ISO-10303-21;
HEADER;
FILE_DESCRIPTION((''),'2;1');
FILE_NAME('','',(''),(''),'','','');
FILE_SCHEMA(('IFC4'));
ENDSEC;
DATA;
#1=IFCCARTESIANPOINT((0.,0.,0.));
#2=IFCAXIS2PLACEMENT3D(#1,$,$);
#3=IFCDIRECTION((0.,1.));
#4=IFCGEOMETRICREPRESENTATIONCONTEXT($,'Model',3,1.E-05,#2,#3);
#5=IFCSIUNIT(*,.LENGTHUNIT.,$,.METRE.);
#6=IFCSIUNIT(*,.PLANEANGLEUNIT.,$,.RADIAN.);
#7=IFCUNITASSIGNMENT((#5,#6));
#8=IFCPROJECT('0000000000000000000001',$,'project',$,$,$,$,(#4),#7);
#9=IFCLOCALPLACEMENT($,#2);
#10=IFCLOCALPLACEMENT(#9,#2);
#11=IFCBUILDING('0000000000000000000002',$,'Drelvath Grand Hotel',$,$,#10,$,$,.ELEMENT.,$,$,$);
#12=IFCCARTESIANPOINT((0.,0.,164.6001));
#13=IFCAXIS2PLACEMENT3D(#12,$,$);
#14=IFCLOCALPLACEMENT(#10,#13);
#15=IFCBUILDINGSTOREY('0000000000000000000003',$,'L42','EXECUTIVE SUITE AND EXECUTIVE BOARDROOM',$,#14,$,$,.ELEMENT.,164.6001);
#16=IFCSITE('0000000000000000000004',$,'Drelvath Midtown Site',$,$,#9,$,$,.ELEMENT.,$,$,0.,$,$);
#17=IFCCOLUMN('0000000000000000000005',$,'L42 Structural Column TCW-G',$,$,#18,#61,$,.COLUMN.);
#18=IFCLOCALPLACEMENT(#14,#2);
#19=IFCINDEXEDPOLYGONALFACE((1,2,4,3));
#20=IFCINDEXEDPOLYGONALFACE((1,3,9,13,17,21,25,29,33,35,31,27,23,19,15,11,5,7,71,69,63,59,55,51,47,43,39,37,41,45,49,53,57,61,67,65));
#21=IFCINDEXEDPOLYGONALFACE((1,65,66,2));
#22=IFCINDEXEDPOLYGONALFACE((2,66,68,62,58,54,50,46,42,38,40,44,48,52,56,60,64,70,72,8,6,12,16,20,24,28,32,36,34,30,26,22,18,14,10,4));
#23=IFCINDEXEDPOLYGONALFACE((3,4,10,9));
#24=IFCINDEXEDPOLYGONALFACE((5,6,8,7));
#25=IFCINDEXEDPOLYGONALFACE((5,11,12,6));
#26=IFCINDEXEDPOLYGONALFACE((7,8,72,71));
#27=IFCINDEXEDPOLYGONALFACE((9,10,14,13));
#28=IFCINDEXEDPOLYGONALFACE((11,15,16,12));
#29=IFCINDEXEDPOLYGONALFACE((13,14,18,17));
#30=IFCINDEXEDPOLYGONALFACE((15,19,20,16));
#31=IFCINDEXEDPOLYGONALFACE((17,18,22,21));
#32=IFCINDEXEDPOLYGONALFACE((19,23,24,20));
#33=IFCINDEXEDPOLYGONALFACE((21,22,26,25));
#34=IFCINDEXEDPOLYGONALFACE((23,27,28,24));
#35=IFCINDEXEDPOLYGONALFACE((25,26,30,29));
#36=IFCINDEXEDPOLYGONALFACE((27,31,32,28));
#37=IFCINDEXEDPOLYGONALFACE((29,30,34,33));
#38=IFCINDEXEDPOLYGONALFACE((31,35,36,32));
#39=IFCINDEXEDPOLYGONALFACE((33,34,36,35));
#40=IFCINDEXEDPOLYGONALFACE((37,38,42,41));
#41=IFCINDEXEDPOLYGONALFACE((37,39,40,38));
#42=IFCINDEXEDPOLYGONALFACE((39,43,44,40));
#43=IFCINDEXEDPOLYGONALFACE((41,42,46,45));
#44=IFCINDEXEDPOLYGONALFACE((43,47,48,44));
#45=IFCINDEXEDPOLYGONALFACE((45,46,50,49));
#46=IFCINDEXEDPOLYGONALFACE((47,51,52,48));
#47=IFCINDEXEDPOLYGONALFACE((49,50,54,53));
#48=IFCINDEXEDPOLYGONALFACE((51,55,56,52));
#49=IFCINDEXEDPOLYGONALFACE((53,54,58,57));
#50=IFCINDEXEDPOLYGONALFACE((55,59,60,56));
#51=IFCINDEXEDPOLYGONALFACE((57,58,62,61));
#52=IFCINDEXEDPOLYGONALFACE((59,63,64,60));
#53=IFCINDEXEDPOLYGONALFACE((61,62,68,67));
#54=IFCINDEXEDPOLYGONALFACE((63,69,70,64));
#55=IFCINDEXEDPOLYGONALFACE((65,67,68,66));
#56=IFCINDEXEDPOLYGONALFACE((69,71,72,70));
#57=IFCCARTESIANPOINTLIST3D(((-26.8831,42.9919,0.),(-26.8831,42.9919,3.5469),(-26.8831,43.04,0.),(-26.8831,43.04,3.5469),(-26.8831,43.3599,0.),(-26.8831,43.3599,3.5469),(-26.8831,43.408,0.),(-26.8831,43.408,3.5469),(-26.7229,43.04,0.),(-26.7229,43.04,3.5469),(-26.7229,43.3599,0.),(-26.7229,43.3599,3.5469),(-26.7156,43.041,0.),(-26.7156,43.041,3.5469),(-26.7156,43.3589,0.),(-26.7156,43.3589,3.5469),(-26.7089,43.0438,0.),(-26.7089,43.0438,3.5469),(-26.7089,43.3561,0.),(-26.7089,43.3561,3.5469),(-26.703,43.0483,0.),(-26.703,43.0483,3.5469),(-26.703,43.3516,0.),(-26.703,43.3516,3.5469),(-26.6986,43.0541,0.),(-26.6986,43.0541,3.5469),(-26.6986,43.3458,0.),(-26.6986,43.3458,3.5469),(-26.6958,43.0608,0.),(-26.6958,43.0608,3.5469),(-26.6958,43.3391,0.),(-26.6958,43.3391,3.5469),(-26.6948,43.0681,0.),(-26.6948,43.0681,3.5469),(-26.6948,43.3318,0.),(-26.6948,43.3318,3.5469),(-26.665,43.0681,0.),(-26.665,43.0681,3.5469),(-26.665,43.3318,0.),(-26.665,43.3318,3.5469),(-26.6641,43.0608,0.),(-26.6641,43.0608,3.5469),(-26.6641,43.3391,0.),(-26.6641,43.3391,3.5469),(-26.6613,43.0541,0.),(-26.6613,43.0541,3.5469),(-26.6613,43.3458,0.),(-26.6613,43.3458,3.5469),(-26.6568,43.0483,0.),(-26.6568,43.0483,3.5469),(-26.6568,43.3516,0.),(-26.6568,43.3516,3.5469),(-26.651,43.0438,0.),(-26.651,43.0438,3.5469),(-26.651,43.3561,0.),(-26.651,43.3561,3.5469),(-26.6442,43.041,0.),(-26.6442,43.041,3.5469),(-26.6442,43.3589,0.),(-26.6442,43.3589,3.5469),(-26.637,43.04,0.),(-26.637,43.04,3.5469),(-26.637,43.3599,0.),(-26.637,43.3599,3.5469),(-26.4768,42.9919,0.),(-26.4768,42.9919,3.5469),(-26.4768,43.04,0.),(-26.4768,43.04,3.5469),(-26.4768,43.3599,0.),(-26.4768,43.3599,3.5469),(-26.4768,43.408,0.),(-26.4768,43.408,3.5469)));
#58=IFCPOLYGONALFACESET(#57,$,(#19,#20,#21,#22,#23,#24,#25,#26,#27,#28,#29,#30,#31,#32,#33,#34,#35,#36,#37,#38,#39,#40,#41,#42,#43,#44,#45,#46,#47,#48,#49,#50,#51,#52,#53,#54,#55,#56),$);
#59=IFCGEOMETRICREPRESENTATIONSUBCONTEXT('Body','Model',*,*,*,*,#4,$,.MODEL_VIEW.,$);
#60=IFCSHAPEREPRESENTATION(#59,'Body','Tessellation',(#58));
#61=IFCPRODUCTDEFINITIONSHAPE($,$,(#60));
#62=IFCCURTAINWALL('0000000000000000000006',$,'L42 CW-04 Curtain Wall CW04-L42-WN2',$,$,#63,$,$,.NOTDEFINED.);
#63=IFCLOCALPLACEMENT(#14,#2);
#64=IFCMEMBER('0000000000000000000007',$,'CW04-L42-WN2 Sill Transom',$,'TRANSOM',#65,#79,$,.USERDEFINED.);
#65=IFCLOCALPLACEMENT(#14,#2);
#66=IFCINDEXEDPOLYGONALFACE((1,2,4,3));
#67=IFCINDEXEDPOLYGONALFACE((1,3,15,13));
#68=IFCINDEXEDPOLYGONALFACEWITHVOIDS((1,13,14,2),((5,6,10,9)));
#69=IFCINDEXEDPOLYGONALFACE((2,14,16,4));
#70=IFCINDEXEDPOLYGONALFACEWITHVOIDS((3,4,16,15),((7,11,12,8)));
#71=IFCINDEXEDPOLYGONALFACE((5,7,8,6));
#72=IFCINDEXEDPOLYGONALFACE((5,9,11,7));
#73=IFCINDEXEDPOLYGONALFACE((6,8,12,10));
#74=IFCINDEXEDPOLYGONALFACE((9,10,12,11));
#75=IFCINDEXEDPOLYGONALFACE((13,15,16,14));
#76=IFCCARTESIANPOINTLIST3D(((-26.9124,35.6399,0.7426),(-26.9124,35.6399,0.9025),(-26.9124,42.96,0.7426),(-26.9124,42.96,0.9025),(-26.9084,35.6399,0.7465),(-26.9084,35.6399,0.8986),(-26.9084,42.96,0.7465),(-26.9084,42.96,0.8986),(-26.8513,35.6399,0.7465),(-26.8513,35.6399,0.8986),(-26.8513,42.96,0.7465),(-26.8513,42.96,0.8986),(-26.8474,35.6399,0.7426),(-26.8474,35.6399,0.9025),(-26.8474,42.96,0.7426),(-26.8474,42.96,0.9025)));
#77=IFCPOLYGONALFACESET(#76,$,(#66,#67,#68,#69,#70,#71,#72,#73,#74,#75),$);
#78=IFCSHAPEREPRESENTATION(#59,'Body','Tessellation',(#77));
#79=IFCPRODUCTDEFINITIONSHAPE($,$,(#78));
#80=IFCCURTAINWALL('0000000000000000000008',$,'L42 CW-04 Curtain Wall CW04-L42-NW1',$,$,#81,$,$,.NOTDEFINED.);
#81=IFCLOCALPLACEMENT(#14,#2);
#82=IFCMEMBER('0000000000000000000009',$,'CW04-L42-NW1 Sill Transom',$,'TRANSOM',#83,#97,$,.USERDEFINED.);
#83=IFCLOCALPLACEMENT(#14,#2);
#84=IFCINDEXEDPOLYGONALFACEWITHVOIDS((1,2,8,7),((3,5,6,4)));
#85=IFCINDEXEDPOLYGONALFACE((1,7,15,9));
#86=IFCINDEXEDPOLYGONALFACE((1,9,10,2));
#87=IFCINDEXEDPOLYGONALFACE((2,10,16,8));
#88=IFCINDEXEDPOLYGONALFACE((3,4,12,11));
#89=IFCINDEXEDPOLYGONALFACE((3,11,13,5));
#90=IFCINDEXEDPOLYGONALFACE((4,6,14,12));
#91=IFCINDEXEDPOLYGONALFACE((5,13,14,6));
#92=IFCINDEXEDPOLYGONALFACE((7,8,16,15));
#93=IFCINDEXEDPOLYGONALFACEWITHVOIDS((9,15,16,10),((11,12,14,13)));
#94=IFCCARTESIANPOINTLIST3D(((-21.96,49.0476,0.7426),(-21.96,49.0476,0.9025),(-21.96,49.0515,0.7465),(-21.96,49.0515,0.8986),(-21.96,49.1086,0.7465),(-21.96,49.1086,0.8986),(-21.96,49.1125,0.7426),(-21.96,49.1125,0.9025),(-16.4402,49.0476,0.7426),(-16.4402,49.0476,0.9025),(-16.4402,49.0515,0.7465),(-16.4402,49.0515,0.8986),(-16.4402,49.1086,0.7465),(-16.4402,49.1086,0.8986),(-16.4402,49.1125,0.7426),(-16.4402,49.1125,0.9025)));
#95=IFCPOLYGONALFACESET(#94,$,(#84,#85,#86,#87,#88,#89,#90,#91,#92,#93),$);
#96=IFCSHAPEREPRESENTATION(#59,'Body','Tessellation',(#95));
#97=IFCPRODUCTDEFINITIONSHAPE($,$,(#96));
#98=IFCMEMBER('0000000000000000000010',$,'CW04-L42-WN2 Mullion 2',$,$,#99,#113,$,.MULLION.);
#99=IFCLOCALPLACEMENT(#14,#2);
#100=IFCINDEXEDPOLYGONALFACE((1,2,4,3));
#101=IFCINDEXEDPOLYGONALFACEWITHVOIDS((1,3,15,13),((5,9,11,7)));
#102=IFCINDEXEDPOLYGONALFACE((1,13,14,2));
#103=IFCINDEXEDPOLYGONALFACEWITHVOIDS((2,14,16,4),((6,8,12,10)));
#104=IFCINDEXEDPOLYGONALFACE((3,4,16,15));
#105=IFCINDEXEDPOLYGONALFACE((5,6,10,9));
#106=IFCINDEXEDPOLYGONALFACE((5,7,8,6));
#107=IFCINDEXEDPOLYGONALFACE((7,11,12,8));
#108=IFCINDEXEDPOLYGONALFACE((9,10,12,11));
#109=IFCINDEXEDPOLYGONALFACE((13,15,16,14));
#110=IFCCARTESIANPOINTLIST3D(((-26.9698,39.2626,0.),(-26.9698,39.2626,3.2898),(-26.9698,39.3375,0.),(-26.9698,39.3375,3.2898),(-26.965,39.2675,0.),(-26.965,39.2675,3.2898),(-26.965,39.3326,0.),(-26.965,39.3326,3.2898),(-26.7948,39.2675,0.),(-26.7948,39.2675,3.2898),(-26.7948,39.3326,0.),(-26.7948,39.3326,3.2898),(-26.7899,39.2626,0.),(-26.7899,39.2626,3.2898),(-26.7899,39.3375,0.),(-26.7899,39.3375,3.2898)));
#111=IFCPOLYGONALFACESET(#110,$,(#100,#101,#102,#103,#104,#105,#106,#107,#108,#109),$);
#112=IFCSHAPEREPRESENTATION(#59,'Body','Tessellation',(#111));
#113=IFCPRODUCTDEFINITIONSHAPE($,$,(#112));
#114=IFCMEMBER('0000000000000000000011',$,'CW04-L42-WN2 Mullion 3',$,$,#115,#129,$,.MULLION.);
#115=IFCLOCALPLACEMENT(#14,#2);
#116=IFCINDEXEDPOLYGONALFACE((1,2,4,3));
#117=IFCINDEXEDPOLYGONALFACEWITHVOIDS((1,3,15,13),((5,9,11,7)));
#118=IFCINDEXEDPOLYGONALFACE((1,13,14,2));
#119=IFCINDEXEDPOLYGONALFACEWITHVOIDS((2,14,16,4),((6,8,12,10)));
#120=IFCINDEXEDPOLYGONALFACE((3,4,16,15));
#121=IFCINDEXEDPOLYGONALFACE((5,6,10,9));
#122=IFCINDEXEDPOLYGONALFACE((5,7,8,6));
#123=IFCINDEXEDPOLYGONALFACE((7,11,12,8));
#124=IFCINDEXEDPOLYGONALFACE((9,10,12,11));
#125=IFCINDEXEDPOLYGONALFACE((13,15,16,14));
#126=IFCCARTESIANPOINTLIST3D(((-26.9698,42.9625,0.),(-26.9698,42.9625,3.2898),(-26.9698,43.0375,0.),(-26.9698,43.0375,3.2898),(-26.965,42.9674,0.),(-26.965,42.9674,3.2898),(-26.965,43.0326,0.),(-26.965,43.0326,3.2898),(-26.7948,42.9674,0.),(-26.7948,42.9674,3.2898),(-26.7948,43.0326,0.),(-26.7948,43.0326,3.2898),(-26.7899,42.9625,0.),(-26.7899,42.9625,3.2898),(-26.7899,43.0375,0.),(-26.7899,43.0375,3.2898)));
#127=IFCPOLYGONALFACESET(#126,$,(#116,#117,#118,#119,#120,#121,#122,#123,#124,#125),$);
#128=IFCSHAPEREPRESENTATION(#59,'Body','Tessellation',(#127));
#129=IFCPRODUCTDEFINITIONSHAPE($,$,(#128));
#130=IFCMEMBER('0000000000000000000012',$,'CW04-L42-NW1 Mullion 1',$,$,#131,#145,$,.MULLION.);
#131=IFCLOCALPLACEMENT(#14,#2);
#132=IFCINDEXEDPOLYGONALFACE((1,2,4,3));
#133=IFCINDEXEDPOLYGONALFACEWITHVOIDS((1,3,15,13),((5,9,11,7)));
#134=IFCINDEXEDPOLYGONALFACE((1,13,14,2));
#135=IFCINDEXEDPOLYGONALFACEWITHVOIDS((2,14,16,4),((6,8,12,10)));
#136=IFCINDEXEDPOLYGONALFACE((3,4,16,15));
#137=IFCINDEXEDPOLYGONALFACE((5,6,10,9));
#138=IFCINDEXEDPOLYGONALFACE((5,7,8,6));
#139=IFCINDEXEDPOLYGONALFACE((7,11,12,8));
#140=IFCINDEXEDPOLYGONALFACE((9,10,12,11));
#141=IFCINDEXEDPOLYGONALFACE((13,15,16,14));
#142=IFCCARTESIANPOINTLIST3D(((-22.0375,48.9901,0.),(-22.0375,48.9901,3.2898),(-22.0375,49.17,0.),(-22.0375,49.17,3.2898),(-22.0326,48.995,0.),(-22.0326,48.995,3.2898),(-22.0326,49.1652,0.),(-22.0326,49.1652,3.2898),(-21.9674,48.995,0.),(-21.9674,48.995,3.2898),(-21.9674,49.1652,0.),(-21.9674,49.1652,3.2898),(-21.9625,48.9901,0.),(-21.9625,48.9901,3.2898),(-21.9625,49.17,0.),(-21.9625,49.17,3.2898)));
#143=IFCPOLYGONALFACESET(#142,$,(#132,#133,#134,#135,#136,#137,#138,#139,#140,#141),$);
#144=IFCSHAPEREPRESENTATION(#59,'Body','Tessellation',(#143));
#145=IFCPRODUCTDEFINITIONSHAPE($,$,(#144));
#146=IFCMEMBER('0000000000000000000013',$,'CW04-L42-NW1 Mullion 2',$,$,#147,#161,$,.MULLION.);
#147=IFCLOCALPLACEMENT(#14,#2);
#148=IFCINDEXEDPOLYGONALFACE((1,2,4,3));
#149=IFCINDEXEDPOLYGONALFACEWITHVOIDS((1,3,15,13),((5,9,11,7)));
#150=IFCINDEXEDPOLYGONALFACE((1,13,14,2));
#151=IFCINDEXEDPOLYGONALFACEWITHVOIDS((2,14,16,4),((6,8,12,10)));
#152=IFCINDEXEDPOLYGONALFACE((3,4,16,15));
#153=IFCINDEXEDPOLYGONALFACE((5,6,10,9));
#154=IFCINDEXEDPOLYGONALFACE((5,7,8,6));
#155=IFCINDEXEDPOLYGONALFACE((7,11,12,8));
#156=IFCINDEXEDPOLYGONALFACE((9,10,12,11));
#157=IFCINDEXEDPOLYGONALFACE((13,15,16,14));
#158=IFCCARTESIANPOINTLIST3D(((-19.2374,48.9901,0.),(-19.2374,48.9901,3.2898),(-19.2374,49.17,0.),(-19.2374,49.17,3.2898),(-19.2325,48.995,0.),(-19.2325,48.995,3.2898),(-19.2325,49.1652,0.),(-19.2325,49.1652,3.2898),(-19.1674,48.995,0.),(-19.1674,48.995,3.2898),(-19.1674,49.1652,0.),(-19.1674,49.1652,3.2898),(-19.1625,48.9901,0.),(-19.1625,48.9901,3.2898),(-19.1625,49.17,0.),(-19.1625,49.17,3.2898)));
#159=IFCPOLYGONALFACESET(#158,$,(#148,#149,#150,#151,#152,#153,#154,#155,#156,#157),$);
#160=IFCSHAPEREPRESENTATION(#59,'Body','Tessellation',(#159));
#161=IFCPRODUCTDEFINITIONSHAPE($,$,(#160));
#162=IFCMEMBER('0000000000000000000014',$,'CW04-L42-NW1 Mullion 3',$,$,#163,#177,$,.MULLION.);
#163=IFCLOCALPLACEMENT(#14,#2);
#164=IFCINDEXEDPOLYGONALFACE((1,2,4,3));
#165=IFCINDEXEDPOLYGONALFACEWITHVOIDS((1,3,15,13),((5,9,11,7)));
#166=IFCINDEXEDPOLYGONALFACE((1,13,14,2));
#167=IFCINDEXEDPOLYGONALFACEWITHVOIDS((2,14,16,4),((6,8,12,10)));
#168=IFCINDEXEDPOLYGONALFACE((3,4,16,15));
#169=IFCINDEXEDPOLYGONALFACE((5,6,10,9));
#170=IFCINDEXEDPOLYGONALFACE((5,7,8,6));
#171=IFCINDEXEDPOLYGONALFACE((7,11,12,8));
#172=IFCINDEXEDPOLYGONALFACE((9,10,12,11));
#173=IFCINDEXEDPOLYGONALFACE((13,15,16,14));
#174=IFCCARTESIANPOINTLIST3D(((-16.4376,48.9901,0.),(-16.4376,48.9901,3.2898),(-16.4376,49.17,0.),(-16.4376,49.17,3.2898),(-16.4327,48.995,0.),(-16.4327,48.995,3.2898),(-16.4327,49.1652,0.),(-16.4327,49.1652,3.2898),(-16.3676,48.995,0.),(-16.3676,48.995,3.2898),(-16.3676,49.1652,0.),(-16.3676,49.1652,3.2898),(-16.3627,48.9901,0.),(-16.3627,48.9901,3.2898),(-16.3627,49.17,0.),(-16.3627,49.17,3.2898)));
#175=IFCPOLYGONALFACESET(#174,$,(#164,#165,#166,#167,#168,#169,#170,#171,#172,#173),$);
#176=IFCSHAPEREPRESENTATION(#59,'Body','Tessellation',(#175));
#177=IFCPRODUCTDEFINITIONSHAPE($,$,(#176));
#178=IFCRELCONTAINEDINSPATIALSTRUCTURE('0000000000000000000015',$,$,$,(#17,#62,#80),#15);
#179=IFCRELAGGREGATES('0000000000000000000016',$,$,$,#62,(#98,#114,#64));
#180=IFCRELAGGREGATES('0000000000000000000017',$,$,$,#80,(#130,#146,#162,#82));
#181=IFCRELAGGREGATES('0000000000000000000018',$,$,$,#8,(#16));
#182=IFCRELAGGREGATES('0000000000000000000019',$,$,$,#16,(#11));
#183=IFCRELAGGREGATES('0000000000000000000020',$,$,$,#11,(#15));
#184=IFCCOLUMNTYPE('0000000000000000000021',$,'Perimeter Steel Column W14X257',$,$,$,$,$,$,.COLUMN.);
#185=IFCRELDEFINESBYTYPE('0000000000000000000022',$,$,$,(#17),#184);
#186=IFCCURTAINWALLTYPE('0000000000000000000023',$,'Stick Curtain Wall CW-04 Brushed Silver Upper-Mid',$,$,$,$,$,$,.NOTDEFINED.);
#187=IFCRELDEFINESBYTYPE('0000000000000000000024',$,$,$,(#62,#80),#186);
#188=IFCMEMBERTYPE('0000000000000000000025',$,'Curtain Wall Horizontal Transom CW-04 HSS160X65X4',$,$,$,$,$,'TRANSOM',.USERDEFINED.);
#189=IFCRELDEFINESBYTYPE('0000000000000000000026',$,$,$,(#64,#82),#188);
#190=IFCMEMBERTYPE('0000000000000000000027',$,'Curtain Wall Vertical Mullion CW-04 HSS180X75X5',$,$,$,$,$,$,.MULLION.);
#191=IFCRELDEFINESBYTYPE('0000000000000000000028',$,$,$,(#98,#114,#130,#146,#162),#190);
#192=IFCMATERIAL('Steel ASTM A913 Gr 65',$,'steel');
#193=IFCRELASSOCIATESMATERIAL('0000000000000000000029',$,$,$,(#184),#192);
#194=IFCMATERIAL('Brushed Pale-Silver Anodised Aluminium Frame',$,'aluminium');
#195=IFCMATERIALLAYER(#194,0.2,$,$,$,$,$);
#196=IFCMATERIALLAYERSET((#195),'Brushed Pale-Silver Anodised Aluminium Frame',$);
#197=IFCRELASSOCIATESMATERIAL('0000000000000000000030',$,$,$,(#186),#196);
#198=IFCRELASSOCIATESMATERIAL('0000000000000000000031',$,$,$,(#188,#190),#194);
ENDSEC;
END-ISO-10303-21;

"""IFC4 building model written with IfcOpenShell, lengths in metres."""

from ifc_helpers import new_model, si_unit, direction, frame, origin, origin_2d, place, context, subcontext, project, spatial, hollow_rectangle, i_section, extrude, material, layer, layer_set, material_profile, profile_set, type_object, element, aggregate, save


model = new_model("IFC4")

# Units and contexts
model_context = context("Model", 3, precision=1e-05, world=origin(), true_north=direction((0.0, 1.0)))
body_context = subcontext(model_context, "Body", "Model", "MODEL_VIEW")
ifc_project = project(units=[si_unit("LENGTHUNIT", "METRE"), si_unit("PLANEANGLEUNIT", "RADIAN")], contexts=[model_context])

# Site, building, storey
site_placement = place(None, origin())
site = spatial("IfcSite", under=ifc_project, at=site_placement, Name="Drelvath Midtown Site", CompositionType="ELEMENT", RefElevation=0.0)
building_placement = place(site_placement, origin())
building = spatial("IfcBuilding", under=site, at=building_placement, Name="Drelvath Grand Hotel", CompositionType="ELEMENT")
storey_placement = place(building_placement, frame((0.0, 0.0, 164.6001)))
storey = spatial("IfcBuildingStorey", under=building, at=storey_placement, Name="L42", Description="EXECUTIVE SUITE AND EXECUTIVE BOARDROOM", CompositionType="ELEMENT", Elevation=164.6001)

# Column
ifc_material_1 = material(Name="Steel ASTM A913 Gr 65", Category="steel")
ifc_material_profile_1 = material_profile(ifc_material_1, i_section(OverallWidth=0.4062, OverallDepth=0.416, WebThickness=0.0298, FlangeThickness=0.0481, FilletRadius=0.0281, at=origin_2d()), Name="W14X257")
ifc_profile_set_1 = profile_set([ifc_material_profile_1], Name="Steel ASTM A913 Gr 65")
column_type = type_object("IfcColumnType", Name="Perimeter Steel Column W14X257", PredefinedType="COLUMN", material=ifc_profile_set_1)
column_placement = place(storey_placement, frame((-26.6799, 43.2, 0.0), z_axis=(0.0, 0.0, 1.0), x_axis=(1.0, 0.0, 0.0)))
element("IfcColumn", 1, at=column_placement, inside=storey, type_object=column_type, Name="L42 Structural Column TCW-G", PredefinedType="COLUMN", context=body_context, shape_type="SweptSolid", body=[
    extrude(i_section(OverallWidth=0.4062, OverallDepth=0.416, WebThickness=0.0298, FlangeThickness=0.0481, FilletRadius=0.0281, at=origin_2d()), origin(), (0.0, 0.0, 1.0), 3.5469),
])

# Curtain walls, members
ifc_material_2 = material(Name="Brushed Pale-Silver Anodised Aluminium Frame", Category="aluminium")
ifc_layer_1 = layer(ifc_material_2, 0.2)
ifc_layer_set_1 = layer_set([ifc_layer_1], Name="Brushed Pale-Silver Anodised Aluminium Frame")
curtain_wall_type = type_object("IfcCurtainWallType", Name="Stick Curtain Wall CW-04 Brushed Silver Upper-Mid", PredefinedType="NOTDEFINED", material=ifc_layer_set_1)
curtain_wall_1_placement = place(storey_placement, origin())
curtain_wall_1 = element("IfcCurtainWall", 2, at=curtain_wall_1_placement, inside=storey, type_object=curtain_wall_type, Name="L42 CW-04 Curtain Wall CW04-L42-WN2", PredefinedType="NOTDEFINED")
ifc_material_profile_2 = material_profile(ifc_material_2, hollow_rectangle(XDim=0.0649, YDim=0.1599, WallThickness=0.0039, at=origin_2d()), Name="HSS160X65X4")
ifc_profile_set_2 = profile_set([ifc_material_profile_2], Name="Brushed Pale-Silver Anodised Aluminium Frame")
member_type_1 = type_object("IfcMemberType", Name="Curtain Wall Horizontal Transom CW-04 HSS160X65X4", ElementType="TRANSOM", PredefinedType="USERDEFINED", material=ifc_profile_set_2)
member_1_placement = place(storey_placement, frame((-26.8799, 35.6399, 0.8225), z_axis=(0.0, 1.0, 0.0), x_axis=(-1.0, 0.0, 0.0)))
member_1 = element("IfcMember", 3, at=member_1_placement, type_object=member_type_1, Name="CW04-L42-WN2 Sill Transom", ObjectType="TRANSOM", PredefinedType="USERDEFINED", context=body_context, shape_type="SweptSolid", body=[
    extrude(hollow_rectangle(XDim=0.0649, YDim=0.1599, WallThickness=0.0039, at=origin_2d()), origin(), (0.0, 0.0, 1.0), 7.3201),
])
curtain_wall_2_placement = place(storey_placement, origin())
curtain_wall_2 = element("IfcCurtainWall", 4, at=curtain_wall_2_placement, inside=storey, type_object=curtain_wall_type, Name="L42 CW-04 Curtain Wall CW04-L42-NW1", PredefinedType="NOTDEFINED")
member_2_placement = place(storey_placement, frame((-21.96, 49.0801, 0.8225), z_axis=(1.0, 0.0, 0.0), x_axis=(0.0, 1.0, 0.0)))
member_2 = element("IfcMember", 5, at=member_2_placement, type_object=member_type_1, Name="CW04-L42-NW1 Sill Transom", ObjectType="TRANSOM", PredefinedType="USERDEFINED", context=body_context, shape_type="SweptSolid", body=[
    extrude(hollow_rectangle(XDim=0.0649, YDim=0.1599, WallThickness=0.0039, at=origin_2d()), origin(), (0.0, 0.0, 1.0), 5.5198),
])

# Members
ifc_material_profile_3 = material_profile(ifc_material_2, hollow_rectangle(XDim=0.075, YDim=0.1799, WallThickness=0.0049, at=origin_2d()), Name="HSS180X75X5")
ifc_profile_set_3 = profile_set([ifc_material_profile_3], Name="Brushed Pale-Silver Anodised Aluminium Frame")
member_type_2 = type_object("IfcMemberType", Name="Curtain Wall Vertical Mullion CW-04 HSS180X75X5", PredefinedType="MULLION", material=ifc_profile_set_3)
member_3_placement = place(storey_placement, frame((-26.8799, 39.3, 0.0), z_axis=(0.0, 0.0, 1.0), x_axis=(0.0, 1.0, 0.0)))
member_3 = element("IfcMember", 6, at=member_3_placement, type_object=member_type_2, Name="CW04-L42-WN2 Mullion 2", PredefinedType="MULLION", context=body_context, shape_type="SweptSolid", body=[
    extrude(hollow_rectangle(XDim=0.075, YDim=0.1799, WallThickness=0.0049, at=origin_2d()), origin(), (0.0, 0.0, 1.0), 3.2898),
])
member_4_placement = place(storey_placement, frame((-26.8799, 43.0, 0.0), z_axis=(0.0, 0.0, 1.0), x_axis=(0.0, 1.0, 0.0)))
member_4 = element("IfcMember", 7, at=member_4_placement, type_object=member_type_2, Name="CW04-L42-WN2 Mullion 3", PredefinedType="MULLION", context=body_context, shape_type="SweptSolid", body=[
    extrude(hollow_rectangle(XDim=0.075, YDim=0.1799, WallThickness=0.0049, at=origin_2d()), origin(), (0.0, 0.0, 1.0), 3.2898),
])
member_5_placement = place(storey_placement, frame((-22.0, 49.0801, 0.0), z_axis=(0.0, 0.0, 1.0), x_axis=(1.0, 0.0, 0.0)))
member_5 = element("IfcMember", 8, at=member_5_placement, type_object=member_type_2, Name="CW04-L42-NW1 Mullion 1", PredefinedType="MULLION", context=body_context, shape_type="SweptSolid", body=[
    extrude(hollow_rectangle(XDim=0.075, YDim=0.1799, WallThickness=0.0049, at=origin_2d()), origin(), (0.0, 0.0, 1.0), 3.2898),
])
member_6_placement = place(storey_placement, frame((-19.2, 49.0801, 0.0), z_axis=(0.0, 0.0, 1.0), x_axis=(1.0, 0.0, 0.0)))
member_6 = element("IfcMember", 9, at=member_6_placement, type_object=member_type_2, Name="CW04-L42-NW1 Mullion 2", PredefinedType="MULLION", context=body_context, shape_type="SweptSolid", body=[
    extrude(hollow_rectangle(XDim=0.075, YDim=0.1799, WallThickness=0.0049, at=origin_2d()), origin(), (0.0, 0.0, 1.0), 3.2898),
])
member_7_placement = place(storey_placement, frame((-16.4001, 49.0801, 0.0), z_axis=(0.0, 0.0, 1.0), x_axis=(1.0, 0.0, 0.0)))
member_7 = element("IfcMember", 10, at=member_7_placement, type_object=member_type_2, Name="CW04-L42-NW1 Mullion 3", PredefinedType="MULLION", context=body_context, shape_type="SweptSolid", body=[
    extrude(hollow_rectangle(XDim=0.075, YDim=0.1799, WallThickness=0.0049, at=origin_2d()), origin(), (0.0, 0.0, 1.0), 3.2898),
])

aggregate(curtain_wall_1, [member_3, member_4, member_1])
aggregate(curtain_wall_2, [member_5, member_6, member_7, member_2])

save(model, "model.ifc")
